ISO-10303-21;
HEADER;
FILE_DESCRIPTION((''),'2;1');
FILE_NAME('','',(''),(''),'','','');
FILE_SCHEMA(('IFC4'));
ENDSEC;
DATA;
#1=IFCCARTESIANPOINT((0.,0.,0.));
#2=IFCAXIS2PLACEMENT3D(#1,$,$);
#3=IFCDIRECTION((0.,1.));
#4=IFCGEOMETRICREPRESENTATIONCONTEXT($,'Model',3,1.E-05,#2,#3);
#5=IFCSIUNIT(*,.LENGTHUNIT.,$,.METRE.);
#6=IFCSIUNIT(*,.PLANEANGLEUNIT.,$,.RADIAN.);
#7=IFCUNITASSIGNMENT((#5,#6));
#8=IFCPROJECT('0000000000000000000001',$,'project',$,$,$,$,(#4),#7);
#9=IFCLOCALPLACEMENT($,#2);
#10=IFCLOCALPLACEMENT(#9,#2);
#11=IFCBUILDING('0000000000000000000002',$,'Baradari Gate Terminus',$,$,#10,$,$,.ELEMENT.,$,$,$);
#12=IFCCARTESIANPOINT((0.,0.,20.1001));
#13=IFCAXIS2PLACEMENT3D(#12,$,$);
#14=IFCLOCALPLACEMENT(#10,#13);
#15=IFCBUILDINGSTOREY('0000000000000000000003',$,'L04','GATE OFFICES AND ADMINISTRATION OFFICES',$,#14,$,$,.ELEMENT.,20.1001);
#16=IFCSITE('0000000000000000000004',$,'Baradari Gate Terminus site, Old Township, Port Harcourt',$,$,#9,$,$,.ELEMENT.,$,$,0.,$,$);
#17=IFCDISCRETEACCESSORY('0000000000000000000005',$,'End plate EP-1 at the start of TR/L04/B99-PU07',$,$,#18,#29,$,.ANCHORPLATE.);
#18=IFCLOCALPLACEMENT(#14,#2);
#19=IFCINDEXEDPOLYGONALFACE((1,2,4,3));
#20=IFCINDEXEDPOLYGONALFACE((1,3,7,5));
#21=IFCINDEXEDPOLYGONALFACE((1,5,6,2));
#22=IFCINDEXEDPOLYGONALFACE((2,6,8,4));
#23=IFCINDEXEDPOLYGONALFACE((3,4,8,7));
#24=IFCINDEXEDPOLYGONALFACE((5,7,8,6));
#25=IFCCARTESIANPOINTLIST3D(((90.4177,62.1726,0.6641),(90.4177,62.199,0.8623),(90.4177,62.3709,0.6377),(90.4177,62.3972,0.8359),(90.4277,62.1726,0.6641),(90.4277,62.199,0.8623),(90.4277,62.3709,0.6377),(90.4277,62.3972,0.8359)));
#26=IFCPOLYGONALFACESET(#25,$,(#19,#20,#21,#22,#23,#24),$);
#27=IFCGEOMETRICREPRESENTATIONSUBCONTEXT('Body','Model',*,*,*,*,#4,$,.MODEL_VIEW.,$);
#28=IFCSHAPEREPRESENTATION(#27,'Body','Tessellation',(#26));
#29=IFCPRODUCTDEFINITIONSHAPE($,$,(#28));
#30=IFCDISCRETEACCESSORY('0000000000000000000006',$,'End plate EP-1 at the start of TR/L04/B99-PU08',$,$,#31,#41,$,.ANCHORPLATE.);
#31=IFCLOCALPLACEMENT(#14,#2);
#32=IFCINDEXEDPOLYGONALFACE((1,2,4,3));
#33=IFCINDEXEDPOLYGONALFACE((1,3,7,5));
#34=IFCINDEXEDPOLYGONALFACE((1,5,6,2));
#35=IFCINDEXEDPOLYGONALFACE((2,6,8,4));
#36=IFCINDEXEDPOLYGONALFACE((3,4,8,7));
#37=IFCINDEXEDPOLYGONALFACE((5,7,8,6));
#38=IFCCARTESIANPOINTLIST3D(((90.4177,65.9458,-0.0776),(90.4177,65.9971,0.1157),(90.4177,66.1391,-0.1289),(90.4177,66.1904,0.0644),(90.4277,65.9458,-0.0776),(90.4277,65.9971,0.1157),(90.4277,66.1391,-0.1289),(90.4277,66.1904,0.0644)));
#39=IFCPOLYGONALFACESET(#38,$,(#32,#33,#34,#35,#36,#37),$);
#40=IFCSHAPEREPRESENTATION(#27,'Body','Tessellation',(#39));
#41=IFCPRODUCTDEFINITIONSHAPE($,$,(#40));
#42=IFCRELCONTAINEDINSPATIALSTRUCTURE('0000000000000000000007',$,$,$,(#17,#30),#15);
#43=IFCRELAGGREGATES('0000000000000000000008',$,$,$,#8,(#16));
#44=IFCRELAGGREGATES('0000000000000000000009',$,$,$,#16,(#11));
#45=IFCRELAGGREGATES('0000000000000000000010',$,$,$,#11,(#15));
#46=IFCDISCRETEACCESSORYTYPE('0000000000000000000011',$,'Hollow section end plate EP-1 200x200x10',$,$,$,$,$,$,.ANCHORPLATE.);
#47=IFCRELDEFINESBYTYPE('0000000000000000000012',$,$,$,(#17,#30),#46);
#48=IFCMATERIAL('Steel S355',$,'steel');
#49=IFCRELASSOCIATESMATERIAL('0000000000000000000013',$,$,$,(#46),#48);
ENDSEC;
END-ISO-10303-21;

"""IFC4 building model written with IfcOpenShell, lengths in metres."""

from ifc_helpers import new_model, si_unit, direction, frame, origin, origin_2d, place, context, subcontext, project, spatial, rectangle, extrude, material, type_object, element, save


model = new_model("IFC4")

# Units and contexts
model_context = context("Model", 3, precision=1e-05, world=origin(), true_north=direction((0.0, 1.0)))
body_context = subcontext(model_context, "Body", "Model", "MODEL_VIEW")
ifc_project = project(units=[si_unit("LENGTHUNIT", "METRE"), si_unit("PLANEANGLEUNIT", "RADIAN")], contexts=[model_context])

# Site, building, storey
site_placement = place(None, origin())
site = spatial("IfcSite", under=ifc_project, at=site_placement, Name="Baradari Gate Terminus site, Old Township, Port Harcourt", CompositionType="ELEMENT", RefElevation=0.0)
building_placement = place(site_placement, origin())
building = spatial("IfcBuilding", under=site, at=building_placement, Name="Baradari Gate Terminus", CompositionType="ELEMENT")
storey_placement = place(building_placement, frame((0.0, 0.0, 20.1001)))
storey = spatial("IfcBuildingStorey", under=building, at=storey_placement, Name="L04", Description="GATE OFFICES AND ADMINISTRATION OFFICES", CompositionType="ELEMENT", Elevation=20.1001)

# Discrete accessories
ifc_material_1 = material(Name="Steel S355", Category="steel")
discrete_accessory_type = type_object("IfcDiscreteAccessoryType", Name="Hollow section end plate EP-1 200x200x10", PredefinedType="ANCHORPLATE", material=ifc_material_1)
for number, where, z_axis, x_axis, name in (
    (1, (90.4177, 62.2849, 0.75), (1.0, 0.0, 0.0), (0.0, 0.991303, -0.131599), "End plate EP-1 at the start of TR/L04/B99-PU07"),
    (2, (90.4177, 66.0681, -0.0066), (1.0, 0.0, 0.0), (0.0, 0.9665, -0.256668), "End plate EP-1 at the start of TR/L04/B99-PU08"),
):
    element("IfcDiscreteAccessory", number, at=place(storey_placement, frame(where, z_axis=z_axis, x_axis=x_axis)), inside=storey, type_object=discrete_accessory_type, Name=name, PredefinedType="ANCHORPLATE", context=body_context, shape_type="SweptSolid", body=[
        extrude(rectangle(XDim=0.2, YDim=0.2, at=origin_2d()), origin(), (0.0, 0.0, 1.0), 0.01),
    ])

save(model, "model.ifc")
